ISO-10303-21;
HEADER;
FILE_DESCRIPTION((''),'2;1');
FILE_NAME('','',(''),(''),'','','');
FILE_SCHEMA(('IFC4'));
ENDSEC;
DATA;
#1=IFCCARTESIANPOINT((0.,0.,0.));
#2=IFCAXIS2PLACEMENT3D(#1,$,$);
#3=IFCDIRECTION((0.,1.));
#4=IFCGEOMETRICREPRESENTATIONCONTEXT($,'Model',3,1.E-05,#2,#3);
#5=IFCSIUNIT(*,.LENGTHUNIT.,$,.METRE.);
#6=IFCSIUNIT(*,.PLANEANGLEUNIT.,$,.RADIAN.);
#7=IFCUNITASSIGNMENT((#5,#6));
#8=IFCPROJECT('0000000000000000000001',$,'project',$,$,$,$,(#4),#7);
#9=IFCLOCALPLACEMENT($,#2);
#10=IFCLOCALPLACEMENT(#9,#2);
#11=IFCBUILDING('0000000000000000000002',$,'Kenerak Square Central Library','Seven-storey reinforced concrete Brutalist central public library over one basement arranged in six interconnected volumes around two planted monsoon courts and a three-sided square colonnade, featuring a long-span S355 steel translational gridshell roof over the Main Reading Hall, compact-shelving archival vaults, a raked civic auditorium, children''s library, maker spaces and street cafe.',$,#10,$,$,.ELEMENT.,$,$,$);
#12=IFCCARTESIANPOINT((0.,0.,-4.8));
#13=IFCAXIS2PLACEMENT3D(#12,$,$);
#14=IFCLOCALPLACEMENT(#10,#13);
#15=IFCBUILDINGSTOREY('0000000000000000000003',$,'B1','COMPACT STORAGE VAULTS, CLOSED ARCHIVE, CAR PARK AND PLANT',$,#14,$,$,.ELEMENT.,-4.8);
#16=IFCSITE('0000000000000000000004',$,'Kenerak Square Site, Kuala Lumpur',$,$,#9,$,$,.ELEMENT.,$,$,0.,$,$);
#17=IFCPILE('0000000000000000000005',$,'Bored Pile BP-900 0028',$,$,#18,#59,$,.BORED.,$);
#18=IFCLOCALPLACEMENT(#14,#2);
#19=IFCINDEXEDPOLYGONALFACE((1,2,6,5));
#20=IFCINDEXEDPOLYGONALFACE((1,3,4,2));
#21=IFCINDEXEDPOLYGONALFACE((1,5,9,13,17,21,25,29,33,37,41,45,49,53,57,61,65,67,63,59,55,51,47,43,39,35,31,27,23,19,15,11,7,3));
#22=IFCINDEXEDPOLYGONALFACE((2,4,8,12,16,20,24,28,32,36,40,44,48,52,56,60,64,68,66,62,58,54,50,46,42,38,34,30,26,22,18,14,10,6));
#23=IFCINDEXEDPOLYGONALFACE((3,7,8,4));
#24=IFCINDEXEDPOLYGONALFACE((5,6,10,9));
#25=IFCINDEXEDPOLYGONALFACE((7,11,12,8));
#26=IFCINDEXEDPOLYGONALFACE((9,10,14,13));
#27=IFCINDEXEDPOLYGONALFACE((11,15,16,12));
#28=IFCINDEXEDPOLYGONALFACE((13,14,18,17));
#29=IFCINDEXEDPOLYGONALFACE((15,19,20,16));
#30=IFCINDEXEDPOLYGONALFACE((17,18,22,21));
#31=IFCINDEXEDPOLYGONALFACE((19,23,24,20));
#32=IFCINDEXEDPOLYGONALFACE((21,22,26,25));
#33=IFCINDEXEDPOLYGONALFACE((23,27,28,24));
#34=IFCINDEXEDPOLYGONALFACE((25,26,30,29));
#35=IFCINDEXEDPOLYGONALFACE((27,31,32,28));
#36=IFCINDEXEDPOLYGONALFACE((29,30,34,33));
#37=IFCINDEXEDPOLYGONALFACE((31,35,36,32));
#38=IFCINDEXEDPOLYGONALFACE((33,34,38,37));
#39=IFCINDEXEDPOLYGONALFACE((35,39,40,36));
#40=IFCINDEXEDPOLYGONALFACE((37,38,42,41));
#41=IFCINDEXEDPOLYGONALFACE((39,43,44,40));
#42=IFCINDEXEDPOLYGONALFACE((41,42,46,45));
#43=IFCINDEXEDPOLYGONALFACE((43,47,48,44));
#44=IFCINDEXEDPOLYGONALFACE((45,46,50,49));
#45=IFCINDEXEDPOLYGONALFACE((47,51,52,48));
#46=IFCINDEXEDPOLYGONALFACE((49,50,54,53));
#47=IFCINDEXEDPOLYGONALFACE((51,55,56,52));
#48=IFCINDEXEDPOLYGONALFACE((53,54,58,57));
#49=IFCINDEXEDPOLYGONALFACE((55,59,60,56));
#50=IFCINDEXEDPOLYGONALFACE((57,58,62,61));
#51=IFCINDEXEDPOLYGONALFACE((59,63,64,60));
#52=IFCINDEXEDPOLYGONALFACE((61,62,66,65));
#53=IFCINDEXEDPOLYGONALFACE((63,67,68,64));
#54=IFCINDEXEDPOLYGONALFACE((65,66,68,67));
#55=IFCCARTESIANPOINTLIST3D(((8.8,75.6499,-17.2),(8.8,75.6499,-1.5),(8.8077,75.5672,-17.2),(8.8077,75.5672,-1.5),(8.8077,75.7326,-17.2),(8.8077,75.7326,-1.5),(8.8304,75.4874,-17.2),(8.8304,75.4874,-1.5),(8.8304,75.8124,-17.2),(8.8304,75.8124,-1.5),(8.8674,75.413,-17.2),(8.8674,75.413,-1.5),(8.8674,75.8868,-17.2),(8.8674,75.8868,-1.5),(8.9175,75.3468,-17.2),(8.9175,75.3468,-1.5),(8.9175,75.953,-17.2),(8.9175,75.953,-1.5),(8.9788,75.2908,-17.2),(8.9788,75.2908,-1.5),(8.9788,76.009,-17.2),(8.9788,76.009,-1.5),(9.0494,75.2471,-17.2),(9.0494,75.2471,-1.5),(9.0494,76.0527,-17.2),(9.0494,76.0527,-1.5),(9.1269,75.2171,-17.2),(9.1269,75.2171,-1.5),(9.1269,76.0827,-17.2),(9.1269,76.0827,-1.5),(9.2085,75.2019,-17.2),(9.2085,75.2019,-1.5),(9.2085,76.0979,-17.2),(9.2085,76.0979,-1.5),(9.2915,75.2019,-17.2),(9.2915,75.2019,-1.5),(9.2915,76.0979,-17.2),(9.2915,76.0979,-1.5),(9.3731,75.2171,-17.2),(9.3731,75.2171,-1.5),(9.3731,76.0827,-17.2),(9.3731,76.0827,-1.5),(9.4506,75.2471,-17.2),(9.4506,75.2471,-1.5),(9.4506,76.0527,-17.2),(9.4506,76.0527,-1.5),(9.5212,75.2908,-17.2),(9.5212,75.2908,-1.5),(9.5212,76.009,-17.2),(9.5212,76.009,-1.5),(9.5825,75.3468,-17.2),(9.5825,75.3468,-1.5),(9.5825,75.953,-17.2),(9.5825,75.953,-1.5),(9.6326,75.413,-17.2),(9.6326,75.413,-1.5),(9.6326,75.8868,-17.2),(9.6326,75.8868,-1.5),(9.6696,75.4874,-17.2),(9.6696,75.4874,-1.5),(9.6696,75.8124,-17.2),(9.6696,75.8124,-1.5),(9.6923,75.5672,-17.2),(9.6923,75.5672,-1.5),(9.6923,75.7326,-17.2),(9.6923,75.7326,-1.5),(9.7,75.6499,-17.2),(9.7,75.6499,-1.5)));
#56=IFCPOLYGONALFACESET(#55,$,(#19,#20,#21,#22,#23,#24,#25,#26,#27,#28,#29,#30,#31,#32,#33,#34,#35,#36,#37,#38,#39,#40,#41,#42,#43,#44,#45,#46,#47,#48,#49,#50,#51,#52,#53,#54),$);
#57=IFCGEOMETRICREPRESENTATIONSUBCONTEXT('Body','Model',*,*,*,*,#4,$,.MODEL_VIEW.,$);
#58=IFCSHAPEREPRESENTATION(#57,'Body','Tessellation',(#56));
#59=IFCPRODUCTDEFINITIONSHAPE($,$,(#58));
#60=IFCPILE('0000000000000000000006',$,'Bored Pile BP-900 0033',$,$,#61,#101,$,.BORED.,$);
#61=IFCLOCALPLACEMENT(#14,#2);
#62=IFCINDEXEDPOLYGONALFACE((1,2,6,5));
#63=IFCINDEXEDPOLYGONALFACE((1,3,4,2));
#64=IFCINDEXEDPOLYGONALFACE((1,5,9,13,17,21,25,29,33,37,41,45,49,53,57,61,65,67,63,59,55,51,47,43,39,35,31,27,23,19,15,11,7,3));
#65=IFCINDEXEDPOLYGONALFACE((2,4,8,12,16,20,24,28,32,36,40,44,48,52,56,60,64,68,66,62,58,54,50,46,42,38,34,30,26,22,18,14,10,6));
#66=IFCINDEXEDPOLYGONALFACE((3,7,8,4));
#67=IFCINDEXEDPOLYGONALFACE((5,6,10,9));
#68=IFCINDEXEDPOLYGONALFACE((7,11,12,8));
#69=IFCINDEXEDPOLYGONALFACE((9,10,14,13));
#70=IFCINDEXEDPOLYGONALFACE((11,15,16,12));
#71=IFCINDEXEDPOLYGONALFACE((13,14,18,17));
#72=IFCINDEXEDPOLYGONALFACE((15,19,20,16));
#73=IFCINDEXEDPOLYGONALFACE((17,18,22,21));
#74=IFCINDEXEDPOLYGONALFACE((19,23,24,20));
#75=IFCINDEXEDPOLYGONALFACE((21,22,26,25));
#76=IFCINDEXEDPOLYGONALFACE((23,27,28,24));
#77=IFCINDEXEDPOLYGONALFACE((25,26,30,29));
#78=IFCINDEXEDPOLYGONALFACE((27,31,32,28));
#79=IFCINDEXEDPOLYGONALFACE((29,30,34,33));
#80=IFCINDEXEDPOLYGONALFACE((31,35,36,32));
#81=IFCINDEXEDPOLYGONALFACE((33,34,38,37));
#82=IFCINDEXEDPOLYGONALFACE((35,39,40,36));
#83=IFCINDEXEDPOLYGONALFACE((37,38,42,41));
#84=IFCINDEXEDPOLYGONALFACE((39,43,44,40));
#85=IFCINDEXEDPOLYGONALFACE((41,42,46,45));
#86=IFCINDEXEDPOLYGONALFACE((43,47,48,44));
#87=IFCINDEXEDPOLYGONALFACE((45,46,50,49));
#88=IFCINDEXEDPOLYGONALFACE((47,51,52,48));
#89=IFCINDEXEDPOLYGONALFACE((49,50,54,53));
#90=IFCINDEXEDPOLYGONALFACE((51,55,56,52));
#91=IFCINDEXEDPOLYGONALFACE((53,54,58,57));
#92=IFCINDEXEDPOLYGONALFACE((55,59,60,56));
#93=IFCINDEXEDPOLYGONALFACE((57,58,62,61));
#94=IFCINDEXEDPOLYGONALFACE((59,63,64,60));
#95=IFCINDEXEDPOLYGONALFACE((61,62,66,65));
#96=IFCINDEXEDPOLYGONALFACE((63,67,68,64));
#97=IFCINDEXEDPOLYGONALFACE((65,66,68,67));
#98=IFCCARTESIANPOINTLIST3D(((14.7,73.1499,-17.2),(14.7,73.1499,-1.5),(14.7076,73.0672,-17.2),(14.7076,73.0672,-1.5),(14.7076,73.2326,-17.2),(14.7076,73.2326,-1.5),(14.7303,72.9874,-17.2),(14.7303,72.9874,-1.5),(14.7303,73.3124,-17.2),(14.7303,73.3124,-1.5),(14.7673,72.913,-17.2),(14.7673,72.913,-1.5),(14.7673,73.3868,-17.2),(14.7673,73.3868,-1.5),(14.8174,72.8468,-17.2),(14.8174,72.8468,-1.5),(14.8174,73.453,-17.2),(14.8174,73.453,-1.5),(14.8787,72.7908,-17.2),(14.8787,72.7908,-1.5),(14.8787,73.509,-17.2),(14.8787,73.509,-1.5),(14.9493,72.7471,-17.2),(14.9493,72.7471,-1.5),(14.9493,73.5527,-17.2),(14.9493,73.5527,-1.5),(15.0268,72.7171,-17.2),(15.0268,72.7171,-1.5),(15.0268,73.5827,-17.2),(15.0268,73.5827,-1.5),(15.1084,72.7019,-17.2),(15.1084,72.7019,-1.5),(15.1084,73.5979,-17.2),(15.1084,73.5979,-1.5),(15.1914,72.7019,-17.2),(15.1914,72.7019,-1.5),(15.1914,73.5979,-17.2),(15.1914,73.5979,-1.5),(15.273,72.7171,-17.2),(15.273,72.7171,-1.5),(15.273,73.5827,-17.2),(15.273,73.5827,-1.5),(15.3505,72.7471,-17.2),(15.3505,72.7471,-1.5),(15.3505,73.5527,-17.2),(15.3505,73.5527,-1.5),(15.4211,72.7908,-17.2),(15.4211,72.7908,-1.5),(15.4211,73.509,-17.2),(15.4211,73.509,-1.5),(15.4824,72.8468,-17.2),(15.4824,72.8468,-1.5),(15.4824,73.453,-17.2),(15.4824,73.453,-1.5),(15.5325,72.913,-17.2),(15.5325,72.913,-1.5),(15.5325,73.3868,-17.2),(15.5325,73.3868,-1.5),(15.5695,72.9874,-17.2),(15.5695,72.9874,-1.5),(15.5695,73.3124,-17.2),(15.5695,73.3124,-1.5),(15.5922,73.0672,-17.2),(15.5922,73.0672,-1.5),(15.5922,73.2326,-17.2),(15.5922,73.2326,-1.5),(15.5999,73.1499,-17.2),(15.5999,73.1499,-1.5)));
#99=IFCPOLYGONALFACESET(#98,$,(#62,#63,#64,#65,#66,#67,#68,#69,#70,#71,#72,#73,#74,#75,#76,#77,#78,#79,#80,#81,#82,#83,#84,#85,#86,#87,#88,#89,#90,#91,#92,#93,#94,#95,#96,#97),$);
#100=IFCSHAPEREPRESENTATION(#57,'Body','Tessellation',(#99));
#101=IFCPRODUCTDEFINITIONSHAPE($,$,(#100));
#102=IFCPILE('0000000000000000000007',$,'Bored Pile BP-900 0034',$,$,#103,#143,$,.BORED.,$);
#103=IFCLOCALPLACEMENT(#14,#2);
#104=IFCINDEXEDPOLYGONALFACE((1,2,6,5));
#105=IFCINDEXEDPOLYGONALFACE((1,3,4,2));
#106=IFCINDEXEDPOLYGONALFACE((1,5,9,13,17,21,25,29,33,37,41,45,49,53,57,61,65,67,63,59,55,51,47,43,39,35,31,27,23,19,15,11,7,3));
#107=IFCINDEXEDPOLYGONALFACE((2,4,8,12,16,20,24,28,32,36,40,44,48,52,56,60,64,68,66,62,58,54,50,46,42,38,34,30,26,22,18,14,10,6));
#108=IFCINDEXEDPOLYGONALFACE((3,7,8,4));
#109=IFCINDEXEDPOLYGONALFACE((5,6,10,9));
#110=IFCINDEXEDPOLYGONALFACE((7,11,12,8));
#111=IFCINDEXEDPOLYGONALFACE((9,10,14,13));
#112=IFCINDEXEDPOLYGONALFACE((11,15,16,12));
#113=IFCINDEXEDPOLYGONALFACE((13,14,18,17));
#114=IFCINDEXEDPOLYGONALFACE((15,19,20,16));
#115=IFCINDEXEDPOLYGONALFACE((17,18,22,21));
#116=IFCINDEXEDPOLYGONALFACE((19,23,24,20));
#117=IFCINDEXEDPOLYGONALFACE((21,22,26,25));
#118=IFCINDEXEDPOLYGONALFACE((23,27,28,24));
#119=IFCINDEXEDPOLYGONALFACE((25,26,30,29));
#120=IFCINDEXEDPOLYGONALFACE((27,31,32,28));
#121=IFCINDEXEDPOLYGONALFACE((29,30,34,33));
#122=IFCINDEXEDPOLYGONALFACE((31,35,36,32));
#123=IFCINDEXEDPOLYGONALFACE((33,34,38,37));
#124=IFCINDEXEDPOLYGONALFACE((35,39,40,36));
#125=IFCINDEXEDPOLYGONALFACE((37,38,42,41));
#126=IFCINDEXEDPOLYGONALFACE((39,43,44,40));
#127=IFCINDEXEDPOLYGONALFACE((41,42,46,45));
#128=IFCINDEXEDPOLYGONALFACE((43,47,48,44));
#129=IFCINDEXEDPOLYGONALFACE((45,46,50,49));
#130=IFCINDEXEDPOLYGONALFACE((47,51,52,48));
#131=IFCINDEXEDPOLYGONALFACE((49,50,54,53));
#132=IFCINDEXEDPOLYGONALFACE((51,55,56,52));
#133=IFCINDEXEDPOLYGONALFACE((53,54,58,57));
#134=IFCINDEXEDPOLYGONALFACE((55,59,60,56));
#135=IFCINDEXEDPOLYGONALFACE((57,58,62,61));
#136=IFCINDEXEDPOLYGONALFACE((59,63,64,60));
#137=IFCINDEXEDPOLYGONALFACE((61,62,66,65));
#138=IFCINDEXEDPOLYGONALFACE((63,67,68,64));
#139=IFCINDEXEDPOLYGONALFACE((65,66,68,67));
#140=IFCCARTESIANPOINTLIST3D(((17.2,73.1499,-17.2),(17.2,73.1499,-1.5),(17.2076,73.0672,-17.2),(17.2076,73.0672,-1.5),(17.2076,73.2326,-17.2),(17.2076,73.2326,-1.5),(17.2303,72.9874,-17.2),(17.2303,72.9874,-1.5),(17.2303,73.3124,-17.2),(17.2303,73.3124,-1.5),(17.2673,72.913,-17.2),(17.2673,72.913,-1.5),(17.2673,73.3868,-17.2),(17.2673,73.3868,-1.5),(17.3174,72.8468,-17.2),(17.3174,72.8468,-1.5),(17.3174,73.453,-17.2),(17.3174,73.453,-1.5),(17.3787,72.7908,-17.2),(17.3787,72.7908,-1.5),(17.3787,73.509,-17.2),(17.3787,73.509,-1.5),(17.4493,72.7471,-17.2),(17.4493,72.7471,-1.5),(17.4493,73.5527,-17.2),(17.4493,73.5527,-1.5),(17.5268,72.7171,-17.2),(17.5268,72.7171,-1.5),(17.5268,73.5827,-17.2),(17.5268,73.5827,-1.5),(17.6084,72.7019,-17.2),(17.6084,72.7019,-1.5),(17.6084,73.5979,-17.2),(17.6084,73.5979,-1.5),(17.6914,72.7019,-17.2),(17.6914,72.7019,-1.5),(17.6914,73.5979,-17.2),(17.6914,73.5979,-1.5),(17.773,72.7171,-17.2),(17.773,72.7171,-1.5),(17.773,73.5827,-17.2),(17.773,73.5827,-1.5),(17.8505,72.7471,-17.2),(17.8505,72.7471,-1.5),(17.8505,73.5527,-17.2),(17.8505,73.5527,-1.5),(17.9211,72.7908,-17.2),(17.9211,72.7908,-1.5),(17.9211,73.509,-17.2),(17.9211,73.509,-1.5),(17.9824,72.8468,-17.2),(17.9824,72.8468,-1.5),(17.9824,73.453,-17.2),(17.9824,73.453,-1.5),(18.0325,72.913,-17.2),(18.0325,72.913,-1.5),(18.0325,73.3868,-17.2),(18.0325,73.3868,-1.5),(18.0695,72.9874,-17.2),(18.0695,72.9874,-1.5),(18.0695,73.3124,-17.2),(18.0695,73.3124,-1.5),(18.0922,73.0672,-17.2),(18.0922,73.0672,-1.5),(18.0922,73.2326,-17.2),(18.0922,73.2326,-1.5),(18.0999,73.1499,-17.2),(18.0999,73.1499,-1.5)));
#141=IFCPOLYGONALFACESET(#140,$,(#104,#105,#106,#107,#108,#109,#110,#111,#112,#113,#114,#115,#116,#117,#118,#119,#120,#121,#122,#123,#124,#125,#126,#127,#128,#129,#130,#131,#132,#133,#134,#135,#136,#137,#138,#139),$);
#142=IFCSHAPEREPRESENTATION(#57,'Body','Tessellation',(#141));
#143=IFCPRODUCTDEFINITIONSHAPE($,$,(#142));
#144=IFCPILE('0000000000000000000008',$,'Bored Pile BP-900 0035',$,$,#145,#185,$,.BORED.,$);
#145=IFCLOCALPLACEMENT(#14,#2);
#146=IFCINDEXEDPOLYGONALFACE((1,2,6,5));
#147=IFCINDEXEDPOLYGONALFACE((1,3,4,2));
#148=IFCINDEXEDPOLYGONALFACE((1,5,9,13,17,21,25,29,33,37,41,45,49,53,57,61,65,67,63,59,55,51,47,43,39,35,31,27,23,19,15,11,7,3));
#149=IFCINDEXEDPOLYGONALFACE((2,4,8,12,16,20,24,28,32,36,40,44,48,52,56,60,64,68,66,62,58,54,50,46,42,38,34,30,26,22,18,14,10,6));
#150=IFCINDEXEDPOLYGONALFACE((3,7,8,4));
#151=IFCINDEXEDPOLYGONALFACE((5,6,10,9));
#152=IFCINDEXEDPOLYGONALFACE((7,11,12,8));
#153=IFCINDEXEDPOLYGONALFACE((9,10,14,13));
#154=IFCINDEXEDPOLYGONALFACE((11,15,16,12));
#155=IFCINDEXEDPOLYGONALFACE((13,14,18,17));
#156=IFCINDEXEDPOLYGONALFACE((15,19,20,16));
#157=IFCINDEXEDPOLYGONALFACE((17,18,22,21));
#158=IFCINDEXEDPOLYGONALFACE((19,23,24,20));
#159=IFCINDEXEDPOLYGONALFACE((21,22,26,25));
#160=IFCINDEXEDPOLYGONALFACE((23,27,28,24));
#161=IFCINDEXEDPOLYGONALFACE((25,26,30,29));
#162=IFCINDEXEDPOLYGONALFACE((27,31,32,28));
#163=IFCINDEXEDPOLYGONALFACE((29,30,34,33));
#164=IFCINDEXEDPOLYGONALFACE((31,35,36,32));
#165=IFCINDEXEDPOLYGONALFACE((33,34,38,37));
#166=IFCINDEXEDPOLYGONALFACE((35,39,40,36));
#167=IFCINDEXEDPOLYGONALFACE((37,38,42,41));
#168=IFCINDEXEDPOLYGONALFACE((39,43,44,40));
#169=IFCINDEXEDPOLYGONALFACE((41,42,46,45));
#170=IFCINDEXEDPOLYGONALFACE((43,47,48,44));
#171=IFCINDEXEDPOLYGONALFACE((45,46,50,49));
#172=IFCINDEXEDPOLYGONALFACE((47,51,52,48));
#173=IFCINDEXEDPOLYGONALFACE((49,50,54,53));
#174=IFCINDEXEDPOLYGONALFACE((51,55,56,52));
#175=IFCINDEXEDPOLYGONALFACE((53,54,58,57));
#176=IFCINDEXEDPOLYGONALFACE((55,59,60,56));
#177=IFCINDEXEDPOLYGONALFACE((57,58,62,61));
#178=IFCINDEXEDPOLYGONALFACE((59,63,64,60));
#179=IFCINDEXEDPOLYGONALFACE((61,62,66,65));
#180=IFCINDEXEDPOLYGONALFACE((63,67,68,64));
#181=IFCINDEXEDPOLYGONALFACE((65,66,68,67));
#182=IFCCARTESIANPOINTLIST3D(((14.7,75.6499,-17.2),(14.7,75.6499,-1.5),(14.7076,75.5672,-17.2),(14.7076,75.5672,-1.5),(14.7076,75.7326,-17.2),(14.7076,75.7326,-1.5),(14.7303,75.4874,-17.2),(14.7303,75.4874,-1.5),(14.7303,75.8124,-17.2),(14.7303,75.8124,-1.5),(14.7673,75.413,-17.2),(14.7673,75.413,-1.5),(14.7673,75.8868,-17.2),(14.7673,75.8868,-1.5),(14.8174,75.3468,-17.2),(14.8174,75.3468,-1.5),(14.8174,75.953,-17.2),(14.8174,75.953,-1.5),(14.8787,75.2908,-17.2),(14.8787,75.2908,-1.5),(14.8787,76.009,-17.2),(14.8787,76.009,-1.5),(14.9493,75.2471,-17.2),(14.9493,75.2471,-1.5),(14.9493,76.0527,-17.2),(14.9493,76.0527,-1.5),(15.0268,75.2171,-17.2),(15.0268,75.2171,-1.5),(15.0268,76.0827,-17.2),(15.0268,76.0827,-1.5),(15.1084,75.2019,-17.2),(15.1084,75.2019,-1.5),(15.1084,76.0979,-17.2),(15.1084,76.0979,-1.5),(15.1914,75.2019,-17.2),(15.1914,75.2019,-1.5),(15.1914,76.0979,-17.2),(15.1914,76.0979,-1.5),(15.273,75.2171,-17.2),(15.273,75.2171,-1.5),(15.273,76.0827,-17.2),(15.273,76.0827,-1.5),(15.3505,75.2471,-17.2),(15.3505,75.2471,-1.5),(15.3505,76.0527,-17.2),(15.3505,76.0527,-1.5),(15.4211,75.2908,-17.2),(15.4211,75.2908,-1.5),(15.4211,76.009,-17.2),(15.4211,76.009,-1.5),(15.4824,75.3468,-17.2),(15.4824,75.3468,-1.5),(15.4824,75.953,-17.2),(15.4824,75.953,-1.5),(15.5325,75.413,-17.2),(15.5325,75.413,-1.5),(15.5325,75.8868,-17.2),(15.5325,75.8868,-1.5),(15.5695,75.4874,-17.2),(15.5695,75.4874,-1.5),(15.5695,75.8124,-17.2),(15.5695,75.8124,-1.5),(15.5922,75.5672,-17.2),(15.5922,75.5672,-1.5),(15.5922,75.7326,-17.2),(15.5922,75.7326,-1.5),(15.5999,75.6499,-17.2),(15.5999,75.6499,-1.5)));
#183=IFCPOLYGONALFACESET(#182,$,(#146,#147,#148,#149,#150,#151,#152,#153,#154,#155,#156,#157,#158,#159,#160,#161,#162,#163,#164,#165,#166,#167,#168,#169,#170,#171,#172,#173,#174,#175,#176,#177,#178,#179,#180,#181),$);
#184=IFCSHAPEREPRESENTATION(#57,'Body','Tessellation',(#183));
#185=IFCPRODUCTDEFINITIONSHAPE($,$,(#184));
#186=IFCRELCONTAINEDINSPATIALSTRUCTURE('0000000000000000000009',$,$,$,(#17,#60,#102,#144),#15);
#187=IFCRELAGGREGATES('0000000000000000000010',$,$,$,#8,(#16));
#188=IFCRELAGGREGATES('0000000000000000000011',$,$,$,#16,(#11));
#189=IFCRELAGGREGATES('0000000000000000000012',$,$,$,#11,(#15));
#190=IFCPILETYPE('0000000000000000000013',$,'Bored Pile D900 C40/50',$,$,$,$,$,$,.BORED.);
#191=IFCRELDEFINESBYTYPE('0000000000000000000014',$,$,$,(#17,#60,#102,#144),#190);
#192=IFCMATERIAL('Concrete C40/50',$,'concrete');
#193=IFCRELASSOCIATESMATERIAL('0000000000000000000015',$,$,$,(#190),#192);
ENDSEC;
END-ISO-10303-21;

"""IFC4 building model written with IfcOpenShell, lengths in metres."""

from ifc_helpers import new_model, si_unit, direction, frame, origin, origin_2d, place, context, subcontext, project, spatial, circle, extrude, material, material_profile, profile_set, type_object, element, save


model = new_model("IFC4")

# Units and contexts
model_context = context("Model", 3, precision=1e-05, world=origin(), true_north=direction((0.0, 1.0)))
body_context = subcontext(model_context, "Body", "Model", "MODEL_VIEW")
ifc_project = project(units=[si_unit("LENGTHUNIT", "METRE"), si_unit("PLANEANGLEUNIT", "RADIAN")], contexts=[model_context])

# Site, building, storey
site_placement = place(None, origin())
site = spatial("IfcSite", under=ifc_project, at=site_placement, Name="Kenerak Square Site, Kuala Lumpur", CompositionType="ELEMENT", RefElevation=0.0)
building_placement = place(site_placement, origin())
building = spatial("IfcBuilding", under=site, at=building_placement, Name="Kenerak Square Central Library", Description="Seven-storey reinforced concrete Brutalist central public library over one basement arranged in six interconnected volumes around two planted monsoon courts and a three-sided square colonnade, featuring a long-span S355 steel translational gridshell roof over the Main Reading Hall, compact-shelving archival vaults, a raked civic auditorium, children's library, maker spaces and street cafe.", CompositionType="ELEMENT")
storey_placement = place(building_placement, frame((0.0, 0.0, -4.8)))
storey = spatial("IfcBuildingStorey", under=building, at=storey_placement, Name="B1", Description="COMPACT STORAGE VAULTS, CLOSED ARCHIVE, CAR PARK AND PLANT", CompositionType="ELEMENT", Elevation=-4.8)

# Piles
ifc_material_1 = material(Name="Concrete C40/50", Category="concrete")
ifc_material_profile_1 = material_profile(ifc_material_1, circle(Radius=0.45, at=origin_2d()), Name="BP D900")
ifc_profile_set_1 = profile_set([ifc_material_profile_1], Name="Concrete C40/50")
pile_type = type_object("IfcPileType", Name="Bored Pile D900 C40/50", PredefinedType="BORED", material=ifc_profile_set_1)
for number, where, z_axis, x_axis, name in (
    (1, (9.25, 75.6499, -1.5), (0.0, 0.0, -1.0), (1.0, 0.0, 0.0), "Bored Pile BP-900 0028"),
    (2, (15.1499, 73.1499, -1.5), (0.0, 0.0, -1.0), (1.0, 0.0, 0.0), "Bored Pile BP-900 0033"),
    (3, (17.6499, 73.1499, -1.5), (0.0, 0.0, -1.0), (1.0, 0.0, 0.0), "Bored Pile BP-900 0034"),
    (4, (15.1499, 75.6499, -1.5), (0.0, 0.0, -1.0), (1.0, 0.0, 0.0), "Bored Pile BP-900 0035"),
):
    element("IfcPile", number, at=place(storey_placement, frame(where, z_axis=z_axis, x_axis=x_axis)), inside=storey, type_object=pile_type, Name=name, PredefinedType="BORED", context=body_context, shape_type="SweptSolid", body=[
        extrude(circle(Radius=0.45, at=origin_2d()), origin(), (0.0, 0.0, 1.0), 15.7),
    ])

save(model, "model.ifc")
